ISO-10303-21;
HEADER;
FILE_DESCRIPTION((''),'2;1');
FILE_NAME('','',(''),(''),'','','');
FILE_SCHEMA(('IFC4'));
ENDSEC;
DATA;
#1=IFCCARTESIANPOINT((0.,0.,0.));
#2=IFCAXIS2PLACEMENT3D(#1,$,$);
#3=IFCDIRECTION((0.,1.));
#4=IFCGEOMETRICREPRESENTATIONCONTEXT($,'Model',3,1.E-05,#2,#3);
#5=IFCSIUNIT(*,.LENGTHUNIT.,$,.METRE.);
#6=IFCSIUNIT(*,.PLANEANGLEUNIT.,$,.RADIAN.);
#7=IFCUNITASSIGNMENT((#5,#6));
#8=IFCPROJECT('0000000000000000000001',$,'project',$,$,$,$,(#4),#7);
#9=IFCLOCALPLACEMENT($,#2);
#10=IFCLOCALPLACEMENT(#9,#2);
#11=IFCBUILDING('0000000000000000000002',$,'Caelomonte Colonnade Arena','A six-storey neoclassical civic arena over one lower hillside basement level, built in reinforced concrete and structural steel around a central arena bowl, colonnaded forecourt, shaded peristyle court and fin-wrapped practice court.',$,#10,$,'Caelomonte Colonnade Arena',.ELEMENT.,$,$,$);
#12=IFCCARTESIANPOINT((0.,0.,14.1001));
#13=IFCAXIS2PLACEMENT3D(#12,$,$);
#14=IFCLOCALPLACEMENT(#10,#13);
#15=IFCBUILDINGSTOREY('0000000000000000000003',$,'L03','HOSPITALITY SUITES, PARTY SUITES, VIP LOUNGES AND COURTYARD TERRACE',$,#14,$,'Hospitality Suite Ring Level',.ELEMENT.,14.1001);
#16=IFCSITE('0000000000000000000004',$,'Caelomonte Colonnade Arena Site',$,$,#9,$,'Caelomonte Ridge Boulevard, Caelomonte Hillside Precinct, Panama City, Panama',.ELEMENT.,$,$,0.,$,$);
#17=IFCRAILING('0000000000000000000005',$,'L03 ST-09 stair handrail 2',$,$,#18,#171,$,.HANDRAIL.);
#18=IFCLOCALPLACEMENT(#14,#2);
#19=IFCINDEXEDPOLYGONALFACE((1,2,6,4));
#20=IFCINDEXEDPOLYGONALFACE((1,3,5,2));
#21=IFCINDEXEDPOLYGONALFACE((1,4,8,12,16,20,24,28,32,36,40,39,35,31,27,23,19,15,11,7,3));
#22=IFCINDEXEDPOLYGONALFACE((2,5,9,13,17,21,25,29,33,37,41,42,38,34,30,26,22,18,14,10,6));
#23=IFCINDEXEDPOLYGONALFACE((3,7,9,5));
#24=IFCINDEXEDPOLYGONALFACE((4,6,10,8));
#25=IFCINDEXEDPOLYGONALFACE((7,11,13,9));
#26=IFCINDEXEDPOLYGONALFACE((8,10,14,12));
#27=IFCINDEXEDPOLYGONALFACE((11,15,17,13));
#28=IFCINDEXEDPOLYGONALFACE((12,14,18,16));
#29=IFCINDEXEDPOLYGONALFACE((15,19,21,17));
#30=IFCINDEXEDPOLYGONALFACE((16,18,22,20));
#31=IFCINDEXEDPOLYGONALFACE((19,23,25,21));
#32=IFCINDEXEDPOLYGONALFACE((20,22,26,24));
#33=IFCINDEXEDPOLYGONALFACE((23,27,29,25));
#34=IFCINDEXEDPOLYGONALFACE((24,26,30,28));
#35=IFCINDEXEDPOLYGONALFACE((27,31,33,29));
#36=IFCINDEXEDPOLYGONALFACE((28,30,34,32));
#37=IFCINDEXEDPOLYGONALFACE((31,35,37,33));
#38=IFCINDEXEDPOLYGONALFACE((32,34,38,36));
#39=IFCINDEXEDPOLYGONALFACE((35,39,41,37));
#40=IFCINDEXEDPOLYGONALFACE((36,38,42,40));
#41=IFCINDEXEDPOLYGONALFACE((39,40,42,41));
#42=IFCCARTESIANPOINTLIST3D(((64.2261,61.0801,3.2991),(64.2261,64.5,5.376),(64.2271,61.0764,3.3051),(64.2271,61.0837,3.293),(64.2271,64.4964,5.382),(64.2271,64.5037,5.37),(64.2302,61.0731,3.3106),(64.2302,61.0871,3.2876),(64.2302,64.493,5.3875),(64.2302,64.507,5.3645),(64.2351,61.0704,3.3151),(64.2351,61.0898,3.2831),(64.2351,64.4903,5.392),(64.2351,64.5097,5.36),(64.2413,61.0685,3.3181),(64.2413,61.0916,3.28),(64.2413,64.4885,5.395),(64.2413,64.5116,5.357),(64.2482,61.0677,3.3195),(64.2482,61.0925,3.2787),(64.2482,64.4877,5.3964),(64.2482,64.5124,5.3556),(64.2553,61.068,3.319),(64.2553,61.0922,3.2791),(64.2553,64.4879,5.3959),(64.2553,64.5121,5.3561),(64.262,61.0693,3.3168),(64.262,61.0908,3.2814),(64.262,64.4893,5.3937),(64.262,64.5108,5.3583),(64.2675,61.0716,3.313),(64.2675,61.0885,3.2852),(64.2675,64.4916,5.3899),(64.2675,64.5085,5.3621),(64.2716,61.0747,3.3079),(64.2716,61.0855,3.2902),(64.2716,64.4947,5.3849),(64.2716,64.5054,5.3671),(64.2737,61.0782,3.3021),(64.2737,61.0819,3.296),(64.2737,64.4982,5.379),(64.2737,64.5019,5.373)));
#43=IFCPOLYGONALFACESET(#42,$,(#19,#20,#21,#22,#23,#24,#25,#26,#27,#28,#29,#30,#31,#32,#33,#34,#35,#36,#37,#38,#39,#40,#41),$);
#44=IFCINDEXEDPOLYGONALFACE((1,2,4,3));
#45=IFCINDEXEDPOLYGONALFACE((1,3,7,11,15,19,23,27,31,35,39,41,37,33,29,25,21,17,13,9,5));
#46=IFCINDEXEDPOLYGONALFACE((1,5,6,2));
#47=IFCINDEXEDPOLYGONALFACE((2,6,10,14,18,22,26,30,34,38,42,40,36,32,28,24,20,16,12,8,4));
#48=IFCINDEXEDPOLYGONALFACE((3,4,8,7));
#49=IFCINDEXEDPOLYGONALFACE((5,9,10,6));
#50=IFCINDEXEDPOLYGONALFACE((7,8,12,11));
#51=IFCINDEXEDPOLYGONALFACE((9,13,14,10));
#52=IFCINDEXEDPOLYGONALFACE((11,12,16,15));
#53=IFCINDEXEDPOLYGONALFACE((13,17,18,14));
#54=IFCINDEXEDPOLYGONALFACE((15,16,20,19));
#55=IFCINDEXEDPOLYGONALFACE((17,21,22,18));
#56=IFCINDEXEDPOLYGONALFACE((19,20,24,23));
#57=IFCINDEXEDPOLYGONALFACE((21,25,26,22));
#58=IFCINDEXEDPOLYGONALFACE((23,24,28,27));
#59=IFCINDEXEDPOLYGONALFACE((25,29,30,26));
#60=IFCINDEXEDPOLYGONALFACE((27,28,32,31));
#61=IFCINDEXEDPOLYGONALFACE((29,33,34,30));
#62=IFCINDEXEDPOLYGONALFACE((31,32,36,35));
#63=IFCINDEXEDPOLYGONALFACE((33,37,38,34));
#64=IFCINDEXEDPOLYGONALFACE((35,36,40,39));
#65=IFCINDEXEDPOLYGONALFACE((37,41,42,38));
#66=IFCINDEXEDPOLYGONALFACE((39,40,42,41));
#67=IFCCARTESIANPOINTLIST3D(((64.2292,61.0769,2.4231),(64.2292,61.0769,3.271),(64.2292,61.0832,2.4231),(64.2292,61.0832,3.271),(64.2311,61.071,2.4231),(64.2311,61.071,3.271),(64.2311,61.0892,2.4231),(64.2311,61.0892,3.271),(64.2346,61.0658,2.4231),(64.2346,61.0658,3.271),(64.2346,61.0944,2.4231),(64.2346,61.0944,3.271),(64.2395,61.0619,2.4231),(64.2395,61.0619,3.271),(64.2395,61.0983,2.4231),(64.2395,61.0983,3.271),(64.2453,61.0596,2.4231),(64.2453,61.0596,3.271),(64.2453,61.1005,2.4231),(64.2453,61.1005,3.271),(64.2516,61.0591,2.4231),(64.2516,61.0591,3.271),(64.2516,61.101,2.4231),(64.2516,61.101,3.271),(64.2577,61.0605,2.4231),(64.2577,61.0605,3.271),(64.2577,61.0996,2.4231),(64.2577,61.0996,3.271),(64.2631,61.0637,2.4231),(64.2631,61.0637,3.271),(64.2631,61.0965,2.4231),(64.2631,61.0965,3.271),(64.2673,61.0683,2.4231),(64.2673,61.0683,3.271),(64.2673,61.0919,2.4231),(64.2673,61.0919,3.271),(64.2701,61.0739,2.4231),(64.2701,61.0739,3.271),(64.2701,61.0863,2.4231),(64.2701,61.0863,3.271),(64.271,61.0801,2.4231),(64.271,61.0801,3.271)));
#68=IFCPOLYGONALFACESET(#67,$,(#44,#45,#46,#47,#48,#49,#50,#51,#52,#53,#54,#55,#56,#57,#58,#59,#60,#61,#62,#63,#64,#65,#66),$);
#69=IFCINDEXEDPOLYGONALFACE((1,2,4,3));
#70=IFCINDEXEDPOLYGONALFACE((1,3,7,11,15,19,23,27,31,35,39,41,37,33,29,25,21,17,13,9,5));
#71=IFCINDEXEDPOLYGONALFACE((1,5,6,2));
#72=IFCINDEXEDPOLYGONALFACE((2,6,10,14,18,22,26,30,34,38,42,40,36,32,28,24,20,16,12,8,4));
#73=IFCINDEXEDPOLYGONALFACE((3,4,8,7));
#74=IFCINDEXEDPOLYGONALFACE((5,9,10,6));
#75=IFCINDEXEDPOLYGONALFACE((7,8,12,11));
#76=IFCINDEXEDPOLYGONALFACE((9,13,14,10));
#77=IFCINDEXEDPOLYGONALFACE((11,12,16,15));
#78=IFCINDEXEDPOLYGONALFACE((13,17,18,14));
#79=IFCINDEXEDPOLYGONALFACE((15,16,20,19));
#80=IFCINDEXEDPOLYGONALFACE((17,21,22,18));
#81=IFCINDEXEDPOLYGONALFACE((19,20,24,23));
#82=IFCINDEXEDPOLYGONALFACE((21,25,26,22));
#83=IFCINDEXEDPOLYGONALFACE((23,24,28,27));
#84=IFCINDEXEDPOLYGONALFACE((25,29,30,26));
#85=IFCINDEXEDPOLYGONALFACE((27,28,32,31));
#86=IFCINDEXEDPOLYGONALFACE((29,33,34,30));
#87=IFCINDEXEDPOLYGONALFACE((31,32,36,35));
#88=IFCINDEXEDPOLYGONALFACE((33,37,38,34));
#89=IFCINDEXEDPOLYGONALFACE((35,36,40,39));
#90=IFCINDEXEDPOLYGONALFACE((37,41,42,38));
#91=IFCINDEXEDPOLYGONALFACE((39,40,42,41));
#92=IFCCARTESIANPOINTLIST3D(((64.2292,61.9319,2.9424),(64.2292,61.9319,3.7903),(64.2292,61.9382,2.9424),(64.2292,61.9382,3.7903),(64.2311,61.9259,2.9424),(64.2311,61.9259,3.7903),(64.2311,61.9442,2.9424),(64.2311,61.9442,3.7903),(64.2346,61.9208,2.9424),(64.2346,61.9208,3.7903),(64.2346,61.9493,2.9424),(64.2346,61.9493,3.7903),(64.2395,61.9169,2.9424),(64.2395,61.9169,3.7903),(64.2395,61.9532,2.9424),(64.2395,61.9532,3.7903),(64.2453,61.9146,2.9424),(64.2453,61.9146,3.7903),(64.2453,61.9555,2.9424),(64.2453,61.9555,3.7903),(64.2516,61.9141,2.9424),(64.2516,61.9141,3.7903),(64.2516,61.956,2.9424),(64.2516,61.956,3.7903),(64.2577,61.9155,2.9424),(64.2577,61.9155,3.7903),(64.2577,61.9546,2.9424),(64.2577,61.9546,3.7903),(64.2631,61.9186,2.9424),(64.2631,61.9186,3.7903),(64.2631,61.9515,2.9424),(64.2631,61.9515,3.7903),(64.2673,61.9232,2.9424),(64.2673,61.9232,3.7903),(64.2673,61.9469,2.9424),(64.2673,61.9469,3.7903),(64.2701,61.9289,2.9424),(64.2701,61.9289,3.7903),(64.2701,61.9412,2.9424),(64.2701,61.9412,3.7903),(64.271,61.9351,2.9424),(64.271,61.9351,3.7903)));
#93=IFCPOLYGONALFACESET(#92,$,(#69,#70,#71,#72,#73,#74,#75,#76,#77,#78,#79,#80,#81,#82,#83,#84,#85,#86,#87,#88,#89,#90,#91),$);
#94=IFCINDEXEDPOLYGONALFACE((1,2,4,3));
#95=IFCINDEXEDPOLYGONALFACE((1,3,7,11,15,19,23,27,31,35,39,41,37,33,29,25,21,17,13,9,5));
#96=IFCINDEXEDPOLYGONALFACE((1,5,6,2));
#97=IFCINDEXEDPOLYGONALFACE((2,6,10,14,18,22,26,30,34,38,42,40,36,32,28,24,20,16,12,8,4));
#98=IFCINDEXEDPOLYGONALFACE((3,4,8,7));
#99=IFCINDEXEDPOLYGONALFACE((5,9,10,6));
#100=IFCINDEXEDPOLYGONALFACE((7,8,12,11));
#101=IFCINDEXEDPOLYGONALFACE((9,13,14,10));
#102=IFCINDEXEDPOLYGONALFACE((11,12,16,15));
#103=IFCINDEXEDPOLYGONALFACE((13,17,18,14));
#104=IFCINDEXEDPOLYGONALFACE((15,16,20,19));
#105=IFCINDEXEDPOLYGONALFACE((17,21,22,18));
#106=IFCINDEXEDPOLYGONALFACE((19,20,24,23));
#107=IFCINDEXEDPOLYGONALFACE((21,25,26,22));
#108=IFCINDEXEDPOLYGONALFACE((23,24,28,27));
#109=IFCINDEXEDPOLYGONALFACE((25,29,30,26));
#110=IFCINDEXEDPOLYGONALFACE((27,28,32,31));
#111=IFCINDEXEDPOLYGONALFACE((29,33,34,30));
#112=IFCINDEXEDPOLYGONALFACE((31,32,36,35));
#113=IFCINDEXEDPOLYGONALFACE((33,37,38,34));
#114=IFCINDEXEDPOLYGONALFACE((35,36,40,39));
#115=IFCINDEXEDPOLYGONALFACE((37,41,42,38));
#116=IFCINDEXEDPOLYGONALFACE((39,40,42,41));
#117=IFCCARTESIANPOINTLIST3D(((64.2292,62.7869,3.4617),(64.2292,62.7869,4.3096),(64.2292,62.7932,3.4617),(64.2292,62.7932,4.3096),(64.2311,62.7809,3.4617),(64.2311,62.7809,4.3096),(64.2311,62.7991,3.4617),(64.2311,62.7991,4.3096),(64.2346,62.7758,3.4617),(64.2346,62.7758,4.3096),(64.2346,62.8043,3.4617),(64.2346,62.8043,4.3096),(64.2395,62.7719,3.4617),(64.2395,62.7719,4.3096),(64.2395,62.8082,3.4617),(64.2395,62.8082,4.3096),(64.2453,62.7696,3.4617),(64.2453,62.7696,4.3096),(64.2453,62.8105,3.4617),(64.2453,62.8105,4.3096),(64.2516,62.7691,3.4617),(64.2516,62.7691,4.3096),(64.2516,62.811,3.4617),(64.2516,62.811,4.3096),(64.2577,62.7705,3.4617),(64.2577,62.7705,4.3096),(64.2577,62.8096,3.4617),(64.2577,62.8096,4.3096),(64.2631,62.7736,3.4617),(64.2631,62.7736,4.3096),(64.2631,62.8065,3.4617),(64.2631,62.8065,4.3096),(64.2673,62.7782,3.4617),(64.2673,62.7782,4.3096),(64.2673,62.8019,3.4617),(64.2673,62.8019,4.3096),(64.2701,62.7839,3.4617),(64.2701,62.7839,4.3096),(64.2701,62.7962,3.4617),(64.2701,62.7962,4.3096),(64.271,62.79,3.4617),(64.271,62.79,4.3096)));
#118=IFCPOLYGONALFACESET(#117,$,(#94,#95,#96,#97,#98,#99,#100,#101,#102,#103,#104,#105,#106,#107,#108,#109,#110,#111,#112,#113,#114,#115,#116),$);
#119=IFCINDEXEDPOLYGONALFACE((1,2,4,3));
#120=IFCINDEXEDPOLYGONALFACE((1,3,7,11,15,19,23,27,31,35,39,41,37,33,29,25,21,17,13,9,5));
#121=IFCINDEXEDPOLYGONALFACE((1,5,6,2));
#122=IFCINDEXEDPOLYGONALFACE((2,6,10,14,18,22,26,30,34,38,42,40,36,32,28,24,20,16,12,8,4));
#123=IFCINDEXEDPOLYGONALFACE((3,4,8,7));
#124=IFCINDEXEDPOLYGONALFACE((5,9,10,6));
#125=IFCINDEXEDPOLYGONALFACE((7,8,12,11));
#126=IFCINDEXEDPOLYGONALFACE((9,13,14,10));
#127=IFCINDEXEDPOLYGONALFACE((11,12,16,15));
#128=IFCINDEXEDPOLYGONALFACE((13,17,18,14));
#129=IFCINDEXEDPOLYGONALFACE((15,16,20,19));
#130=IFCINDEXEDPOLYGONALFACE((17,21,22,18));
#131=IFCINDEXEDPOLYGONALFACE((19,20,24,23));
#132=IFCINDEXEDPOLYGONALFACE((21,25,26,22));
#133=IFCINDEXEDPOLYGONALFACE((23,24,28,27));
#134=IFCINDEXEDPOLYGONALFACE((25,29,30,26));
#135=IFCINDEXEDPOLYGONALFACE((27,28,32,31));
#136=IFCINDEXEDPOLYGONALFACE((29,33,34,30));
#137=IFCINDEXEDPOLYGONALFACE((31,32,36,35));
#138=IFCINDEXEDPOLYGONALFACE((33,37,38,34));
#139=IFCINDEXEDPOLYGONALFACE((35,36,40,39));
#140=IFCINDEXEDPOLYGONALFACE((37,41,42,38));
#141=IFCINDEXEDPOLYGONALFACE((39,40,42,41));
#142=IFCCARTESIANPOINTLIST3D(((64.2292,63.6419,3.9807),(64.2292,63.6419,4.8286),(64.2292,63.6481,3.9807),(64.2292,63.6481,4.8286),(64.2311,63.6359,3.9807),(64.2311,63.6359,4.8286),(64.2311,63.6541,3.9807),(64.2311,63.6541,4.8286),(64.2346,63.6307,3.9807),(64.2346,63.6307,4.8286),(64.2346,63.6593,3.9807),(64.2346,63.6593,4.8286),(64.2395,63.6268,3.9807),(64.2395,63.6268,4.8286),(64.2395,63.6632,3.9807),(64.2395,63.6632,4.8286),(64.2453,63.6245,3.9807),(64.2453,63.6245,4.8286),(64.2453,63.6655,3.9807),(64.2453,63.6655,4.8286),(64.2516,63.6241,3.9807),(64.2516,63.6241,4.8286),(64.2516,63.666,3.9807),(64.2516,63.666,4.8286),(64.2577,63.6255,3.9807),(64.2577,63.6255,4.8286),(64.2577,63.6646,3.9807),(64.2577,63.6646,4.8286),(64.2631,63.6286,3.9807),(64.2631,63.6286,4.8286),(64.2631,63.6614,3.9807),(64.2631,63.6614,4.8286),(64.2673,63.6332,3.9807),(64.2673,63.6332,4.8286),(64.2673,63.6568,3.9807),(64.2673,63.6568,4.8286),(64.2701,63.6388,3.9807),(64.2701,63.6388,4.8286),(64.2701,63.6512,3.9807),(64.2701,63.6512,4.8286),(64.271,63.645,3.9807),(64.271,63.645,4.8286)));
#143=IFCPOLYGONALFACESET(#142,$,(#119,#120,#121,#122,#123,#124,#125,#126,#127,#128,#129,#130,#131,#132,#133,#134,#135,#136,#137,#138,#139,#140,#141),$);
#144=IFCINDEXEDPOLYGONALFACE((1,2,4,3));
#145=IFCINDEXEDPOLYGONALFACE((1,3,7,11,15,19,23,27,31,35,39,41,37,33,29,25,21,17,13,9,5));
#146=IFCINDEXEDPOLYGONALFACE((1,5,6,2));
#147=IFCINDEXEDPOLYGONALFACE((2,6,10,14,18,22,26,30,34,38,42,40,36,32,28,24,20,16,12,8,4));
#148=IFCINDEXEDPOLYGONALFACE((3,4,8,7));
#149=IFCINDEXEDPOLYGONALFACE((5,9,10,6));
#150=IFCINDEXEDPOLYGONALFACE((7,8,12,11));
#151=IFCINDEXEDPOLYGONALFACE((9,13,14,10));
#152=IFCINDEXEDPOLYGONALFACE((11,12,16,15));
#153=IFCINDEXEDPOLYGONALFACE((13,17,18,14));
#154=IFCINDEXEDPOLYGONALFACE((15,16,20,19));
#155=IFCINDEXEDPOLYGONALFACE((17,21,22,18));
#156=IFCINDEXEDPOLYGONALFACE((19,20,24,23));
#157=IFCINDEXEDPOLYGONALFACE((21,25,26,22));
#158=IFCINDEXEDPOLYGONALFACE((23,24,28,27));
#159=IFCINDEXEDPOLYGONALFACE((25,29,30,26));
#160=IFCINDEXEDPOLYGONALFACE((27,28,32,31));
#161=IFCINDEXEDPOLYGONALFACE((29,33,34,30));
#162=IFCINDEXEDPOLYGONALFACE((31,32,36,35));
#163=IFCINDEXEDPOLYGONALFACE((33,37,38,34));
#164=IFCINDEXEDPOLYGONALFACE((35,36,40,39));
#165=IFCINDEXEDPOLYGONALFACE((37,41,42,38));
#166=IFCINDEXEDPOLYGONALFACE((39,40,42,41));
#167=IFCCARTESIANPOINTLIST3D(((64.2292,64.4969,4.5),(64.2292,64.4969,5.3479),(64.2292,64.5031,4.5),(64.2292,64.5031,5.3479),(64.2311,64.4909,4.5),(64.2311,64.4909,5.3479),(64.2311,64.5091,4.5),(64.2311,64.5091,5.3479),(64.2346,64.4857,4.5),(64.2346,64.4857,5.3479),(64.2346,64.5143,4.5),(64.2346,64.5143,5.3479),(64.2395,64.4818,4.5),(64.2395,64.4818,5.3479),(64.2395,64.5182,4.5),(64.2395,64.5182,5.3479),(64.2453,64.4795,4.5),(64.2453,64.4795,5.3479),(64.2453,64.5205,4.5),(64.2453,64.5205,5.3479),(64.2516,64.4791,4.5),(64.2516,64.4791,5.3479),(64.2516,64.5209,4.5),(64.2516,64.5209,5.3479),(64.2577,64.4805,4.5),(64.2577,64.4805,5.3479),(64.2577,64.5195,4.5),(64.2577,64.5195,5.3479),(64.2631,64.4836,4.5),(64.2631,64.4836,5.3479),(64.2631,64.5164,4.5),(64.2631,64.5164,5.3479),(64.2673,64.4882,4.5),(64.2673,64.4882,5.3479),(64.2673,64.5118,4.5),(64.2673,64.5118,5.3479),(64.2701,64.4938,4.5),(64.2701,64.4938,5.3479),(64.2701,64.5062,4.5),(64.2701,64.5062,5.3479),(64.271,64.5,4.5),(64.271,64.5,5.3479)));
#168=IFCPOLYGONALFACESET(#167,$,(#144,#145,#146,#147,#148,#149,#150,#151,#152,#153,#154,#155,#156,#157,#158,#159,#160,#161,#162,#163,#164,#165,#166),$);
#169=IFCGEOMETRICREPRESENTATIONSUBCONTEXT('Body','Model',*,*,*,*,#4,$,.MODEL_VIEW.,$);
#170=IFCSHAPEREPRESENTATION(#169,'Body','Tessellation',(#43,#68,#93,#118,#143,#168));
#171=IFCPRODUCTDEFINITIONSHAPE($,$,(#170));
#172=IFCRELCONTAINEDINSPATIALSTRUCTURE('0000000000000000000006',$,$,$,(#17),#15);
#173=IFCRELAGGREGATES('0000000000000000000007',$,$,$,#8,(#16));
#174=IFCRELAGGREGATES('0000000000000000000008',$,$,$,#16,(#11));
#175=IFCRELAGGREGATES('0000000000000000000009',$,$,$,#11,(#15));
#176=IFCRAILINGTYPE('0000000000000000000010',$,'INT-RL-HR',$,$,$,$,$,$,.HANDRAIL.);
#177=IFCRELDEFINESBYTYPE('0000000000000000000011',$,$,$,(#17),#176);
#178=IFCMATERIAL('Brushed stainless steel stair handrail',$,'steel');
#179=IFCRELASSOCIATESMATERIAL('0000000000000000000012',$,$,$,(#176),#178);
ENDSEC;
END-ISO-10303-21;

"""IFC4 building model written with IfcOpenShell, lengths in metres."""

from ifc_helpers import new_model, si_unit, direction, frame, origin, origin_2d, place, context, subcontext, project, spatial, circle, extrude, material, type_object, element, save


model = new_model("IFC4")

# Units and contexts
model_context = context("Model", 3, precision=1e-05, world=origin(), true_north=direction((0.0, 1.0)))
body_context = subcontext(model_context, "Body", "Model", "MODEL_VIEW")
ifc_project = project(units=[si_unit("LENGTHUNIT", "METRE"), si_unit("PLANEANGLEUNIT", "RADIAN")], contexts=[model_context])

# Site, building, storey
site_placement = place(None, origin())
site = spatial("IfcSite", under=ifc_project, at=site_placement, Name="Caelomonte Colonnade Arena Site", LongName="Caelomonte Ridge Boulevard, Caelomonte Hillside Precinct, Panama City, Panama", CompositionType="ELEMENT", RefElevation=0.0)
building_placement = place(site_placement, origin())
building = spatial("IfcBuilding", under=site, at=building_placement, Name="Caelomonte Colonnade Arena", Description="A six-storey neoclassical civic arena over one lower hillside basement level, built in reinforced concrete and structural steel around a central arena bowl, colonnaded forecourt, shaded peristyle court and fin-wrapped practice court.", LongName="Caelomonte Colonnade Arena", CompositionType="ELEMENT")
storey_placement = place(building_placement, frame((0.0, 0.0, 14.1001)))
storey = spatial("IfcBuildingStorey", under=building, at=storey_placement, Name="L03", Description="HOSPITALITY SUITES, PARTY SUITES, VIP LOUNGES AND COURTYARD TERRACE", LongName="Hospitality Suite Ring Level", CompositionType="ELEMENT", Elevation=14.1001)

# Railing
ifc_material_1 = material(Name="Brushed stainless steel stair handrail", Category="steel")
railing_type_1 = type_object("IfcRailingType", Name="INT-RL-HR", PredefinedType="HANDRAIL", material=ifc_material_1)
railing_1_placement = place(storey_placement, frame((64.25, 61.0801, 2.4231)))
element("IfcRailing", 1, at=railing_1_placement, inside=storey, type_object=railing_type_1, Name="L03 ST-09 stair handrail 2", PredefinedType="HANDRAIL", context=body_context, shape_type="SweptSolid", body=[
    extrude(circle(Radius=0.0239, at=origin_2d()), frame((0.0, 0.0, 0.876), z_axis=(0.0, 0.85473, 0.519074), x_axis=(-1.0, 0.0, 0.0)), (0.0, 0.0, 1.0), 4.0012),
    extrude(circle(Radius=0.021, at=origin_2d()), origin(), (0.0, 0.0, 1.0), 0.8479),
    extrude(circle(Radius=0.021, at=origin_2d()), frame((0.0, 0.855, 0.5193)), (0.0, 0.0, 1.0), 0.8479),
    extrude(circle(Radius=0.021, at=origin_2d()), frame((0.0, 1.71, 1.0386)), (0.0, 0.0, 1.0), 0.8479),
    extrude(circle(Radius=0.021, at=origin_2d()), frame((0.0, 2.5649, 1.5576)), (0.0, 0.0, 1.0), 0.8479),
    extrude(circle(Radius=0.021, at=origin_2d()), frame((0.0, 3.4199, 2.0769)), (0.0, 0.0, 1.0), 0.8479),
])

save(model, "model.ifc")
